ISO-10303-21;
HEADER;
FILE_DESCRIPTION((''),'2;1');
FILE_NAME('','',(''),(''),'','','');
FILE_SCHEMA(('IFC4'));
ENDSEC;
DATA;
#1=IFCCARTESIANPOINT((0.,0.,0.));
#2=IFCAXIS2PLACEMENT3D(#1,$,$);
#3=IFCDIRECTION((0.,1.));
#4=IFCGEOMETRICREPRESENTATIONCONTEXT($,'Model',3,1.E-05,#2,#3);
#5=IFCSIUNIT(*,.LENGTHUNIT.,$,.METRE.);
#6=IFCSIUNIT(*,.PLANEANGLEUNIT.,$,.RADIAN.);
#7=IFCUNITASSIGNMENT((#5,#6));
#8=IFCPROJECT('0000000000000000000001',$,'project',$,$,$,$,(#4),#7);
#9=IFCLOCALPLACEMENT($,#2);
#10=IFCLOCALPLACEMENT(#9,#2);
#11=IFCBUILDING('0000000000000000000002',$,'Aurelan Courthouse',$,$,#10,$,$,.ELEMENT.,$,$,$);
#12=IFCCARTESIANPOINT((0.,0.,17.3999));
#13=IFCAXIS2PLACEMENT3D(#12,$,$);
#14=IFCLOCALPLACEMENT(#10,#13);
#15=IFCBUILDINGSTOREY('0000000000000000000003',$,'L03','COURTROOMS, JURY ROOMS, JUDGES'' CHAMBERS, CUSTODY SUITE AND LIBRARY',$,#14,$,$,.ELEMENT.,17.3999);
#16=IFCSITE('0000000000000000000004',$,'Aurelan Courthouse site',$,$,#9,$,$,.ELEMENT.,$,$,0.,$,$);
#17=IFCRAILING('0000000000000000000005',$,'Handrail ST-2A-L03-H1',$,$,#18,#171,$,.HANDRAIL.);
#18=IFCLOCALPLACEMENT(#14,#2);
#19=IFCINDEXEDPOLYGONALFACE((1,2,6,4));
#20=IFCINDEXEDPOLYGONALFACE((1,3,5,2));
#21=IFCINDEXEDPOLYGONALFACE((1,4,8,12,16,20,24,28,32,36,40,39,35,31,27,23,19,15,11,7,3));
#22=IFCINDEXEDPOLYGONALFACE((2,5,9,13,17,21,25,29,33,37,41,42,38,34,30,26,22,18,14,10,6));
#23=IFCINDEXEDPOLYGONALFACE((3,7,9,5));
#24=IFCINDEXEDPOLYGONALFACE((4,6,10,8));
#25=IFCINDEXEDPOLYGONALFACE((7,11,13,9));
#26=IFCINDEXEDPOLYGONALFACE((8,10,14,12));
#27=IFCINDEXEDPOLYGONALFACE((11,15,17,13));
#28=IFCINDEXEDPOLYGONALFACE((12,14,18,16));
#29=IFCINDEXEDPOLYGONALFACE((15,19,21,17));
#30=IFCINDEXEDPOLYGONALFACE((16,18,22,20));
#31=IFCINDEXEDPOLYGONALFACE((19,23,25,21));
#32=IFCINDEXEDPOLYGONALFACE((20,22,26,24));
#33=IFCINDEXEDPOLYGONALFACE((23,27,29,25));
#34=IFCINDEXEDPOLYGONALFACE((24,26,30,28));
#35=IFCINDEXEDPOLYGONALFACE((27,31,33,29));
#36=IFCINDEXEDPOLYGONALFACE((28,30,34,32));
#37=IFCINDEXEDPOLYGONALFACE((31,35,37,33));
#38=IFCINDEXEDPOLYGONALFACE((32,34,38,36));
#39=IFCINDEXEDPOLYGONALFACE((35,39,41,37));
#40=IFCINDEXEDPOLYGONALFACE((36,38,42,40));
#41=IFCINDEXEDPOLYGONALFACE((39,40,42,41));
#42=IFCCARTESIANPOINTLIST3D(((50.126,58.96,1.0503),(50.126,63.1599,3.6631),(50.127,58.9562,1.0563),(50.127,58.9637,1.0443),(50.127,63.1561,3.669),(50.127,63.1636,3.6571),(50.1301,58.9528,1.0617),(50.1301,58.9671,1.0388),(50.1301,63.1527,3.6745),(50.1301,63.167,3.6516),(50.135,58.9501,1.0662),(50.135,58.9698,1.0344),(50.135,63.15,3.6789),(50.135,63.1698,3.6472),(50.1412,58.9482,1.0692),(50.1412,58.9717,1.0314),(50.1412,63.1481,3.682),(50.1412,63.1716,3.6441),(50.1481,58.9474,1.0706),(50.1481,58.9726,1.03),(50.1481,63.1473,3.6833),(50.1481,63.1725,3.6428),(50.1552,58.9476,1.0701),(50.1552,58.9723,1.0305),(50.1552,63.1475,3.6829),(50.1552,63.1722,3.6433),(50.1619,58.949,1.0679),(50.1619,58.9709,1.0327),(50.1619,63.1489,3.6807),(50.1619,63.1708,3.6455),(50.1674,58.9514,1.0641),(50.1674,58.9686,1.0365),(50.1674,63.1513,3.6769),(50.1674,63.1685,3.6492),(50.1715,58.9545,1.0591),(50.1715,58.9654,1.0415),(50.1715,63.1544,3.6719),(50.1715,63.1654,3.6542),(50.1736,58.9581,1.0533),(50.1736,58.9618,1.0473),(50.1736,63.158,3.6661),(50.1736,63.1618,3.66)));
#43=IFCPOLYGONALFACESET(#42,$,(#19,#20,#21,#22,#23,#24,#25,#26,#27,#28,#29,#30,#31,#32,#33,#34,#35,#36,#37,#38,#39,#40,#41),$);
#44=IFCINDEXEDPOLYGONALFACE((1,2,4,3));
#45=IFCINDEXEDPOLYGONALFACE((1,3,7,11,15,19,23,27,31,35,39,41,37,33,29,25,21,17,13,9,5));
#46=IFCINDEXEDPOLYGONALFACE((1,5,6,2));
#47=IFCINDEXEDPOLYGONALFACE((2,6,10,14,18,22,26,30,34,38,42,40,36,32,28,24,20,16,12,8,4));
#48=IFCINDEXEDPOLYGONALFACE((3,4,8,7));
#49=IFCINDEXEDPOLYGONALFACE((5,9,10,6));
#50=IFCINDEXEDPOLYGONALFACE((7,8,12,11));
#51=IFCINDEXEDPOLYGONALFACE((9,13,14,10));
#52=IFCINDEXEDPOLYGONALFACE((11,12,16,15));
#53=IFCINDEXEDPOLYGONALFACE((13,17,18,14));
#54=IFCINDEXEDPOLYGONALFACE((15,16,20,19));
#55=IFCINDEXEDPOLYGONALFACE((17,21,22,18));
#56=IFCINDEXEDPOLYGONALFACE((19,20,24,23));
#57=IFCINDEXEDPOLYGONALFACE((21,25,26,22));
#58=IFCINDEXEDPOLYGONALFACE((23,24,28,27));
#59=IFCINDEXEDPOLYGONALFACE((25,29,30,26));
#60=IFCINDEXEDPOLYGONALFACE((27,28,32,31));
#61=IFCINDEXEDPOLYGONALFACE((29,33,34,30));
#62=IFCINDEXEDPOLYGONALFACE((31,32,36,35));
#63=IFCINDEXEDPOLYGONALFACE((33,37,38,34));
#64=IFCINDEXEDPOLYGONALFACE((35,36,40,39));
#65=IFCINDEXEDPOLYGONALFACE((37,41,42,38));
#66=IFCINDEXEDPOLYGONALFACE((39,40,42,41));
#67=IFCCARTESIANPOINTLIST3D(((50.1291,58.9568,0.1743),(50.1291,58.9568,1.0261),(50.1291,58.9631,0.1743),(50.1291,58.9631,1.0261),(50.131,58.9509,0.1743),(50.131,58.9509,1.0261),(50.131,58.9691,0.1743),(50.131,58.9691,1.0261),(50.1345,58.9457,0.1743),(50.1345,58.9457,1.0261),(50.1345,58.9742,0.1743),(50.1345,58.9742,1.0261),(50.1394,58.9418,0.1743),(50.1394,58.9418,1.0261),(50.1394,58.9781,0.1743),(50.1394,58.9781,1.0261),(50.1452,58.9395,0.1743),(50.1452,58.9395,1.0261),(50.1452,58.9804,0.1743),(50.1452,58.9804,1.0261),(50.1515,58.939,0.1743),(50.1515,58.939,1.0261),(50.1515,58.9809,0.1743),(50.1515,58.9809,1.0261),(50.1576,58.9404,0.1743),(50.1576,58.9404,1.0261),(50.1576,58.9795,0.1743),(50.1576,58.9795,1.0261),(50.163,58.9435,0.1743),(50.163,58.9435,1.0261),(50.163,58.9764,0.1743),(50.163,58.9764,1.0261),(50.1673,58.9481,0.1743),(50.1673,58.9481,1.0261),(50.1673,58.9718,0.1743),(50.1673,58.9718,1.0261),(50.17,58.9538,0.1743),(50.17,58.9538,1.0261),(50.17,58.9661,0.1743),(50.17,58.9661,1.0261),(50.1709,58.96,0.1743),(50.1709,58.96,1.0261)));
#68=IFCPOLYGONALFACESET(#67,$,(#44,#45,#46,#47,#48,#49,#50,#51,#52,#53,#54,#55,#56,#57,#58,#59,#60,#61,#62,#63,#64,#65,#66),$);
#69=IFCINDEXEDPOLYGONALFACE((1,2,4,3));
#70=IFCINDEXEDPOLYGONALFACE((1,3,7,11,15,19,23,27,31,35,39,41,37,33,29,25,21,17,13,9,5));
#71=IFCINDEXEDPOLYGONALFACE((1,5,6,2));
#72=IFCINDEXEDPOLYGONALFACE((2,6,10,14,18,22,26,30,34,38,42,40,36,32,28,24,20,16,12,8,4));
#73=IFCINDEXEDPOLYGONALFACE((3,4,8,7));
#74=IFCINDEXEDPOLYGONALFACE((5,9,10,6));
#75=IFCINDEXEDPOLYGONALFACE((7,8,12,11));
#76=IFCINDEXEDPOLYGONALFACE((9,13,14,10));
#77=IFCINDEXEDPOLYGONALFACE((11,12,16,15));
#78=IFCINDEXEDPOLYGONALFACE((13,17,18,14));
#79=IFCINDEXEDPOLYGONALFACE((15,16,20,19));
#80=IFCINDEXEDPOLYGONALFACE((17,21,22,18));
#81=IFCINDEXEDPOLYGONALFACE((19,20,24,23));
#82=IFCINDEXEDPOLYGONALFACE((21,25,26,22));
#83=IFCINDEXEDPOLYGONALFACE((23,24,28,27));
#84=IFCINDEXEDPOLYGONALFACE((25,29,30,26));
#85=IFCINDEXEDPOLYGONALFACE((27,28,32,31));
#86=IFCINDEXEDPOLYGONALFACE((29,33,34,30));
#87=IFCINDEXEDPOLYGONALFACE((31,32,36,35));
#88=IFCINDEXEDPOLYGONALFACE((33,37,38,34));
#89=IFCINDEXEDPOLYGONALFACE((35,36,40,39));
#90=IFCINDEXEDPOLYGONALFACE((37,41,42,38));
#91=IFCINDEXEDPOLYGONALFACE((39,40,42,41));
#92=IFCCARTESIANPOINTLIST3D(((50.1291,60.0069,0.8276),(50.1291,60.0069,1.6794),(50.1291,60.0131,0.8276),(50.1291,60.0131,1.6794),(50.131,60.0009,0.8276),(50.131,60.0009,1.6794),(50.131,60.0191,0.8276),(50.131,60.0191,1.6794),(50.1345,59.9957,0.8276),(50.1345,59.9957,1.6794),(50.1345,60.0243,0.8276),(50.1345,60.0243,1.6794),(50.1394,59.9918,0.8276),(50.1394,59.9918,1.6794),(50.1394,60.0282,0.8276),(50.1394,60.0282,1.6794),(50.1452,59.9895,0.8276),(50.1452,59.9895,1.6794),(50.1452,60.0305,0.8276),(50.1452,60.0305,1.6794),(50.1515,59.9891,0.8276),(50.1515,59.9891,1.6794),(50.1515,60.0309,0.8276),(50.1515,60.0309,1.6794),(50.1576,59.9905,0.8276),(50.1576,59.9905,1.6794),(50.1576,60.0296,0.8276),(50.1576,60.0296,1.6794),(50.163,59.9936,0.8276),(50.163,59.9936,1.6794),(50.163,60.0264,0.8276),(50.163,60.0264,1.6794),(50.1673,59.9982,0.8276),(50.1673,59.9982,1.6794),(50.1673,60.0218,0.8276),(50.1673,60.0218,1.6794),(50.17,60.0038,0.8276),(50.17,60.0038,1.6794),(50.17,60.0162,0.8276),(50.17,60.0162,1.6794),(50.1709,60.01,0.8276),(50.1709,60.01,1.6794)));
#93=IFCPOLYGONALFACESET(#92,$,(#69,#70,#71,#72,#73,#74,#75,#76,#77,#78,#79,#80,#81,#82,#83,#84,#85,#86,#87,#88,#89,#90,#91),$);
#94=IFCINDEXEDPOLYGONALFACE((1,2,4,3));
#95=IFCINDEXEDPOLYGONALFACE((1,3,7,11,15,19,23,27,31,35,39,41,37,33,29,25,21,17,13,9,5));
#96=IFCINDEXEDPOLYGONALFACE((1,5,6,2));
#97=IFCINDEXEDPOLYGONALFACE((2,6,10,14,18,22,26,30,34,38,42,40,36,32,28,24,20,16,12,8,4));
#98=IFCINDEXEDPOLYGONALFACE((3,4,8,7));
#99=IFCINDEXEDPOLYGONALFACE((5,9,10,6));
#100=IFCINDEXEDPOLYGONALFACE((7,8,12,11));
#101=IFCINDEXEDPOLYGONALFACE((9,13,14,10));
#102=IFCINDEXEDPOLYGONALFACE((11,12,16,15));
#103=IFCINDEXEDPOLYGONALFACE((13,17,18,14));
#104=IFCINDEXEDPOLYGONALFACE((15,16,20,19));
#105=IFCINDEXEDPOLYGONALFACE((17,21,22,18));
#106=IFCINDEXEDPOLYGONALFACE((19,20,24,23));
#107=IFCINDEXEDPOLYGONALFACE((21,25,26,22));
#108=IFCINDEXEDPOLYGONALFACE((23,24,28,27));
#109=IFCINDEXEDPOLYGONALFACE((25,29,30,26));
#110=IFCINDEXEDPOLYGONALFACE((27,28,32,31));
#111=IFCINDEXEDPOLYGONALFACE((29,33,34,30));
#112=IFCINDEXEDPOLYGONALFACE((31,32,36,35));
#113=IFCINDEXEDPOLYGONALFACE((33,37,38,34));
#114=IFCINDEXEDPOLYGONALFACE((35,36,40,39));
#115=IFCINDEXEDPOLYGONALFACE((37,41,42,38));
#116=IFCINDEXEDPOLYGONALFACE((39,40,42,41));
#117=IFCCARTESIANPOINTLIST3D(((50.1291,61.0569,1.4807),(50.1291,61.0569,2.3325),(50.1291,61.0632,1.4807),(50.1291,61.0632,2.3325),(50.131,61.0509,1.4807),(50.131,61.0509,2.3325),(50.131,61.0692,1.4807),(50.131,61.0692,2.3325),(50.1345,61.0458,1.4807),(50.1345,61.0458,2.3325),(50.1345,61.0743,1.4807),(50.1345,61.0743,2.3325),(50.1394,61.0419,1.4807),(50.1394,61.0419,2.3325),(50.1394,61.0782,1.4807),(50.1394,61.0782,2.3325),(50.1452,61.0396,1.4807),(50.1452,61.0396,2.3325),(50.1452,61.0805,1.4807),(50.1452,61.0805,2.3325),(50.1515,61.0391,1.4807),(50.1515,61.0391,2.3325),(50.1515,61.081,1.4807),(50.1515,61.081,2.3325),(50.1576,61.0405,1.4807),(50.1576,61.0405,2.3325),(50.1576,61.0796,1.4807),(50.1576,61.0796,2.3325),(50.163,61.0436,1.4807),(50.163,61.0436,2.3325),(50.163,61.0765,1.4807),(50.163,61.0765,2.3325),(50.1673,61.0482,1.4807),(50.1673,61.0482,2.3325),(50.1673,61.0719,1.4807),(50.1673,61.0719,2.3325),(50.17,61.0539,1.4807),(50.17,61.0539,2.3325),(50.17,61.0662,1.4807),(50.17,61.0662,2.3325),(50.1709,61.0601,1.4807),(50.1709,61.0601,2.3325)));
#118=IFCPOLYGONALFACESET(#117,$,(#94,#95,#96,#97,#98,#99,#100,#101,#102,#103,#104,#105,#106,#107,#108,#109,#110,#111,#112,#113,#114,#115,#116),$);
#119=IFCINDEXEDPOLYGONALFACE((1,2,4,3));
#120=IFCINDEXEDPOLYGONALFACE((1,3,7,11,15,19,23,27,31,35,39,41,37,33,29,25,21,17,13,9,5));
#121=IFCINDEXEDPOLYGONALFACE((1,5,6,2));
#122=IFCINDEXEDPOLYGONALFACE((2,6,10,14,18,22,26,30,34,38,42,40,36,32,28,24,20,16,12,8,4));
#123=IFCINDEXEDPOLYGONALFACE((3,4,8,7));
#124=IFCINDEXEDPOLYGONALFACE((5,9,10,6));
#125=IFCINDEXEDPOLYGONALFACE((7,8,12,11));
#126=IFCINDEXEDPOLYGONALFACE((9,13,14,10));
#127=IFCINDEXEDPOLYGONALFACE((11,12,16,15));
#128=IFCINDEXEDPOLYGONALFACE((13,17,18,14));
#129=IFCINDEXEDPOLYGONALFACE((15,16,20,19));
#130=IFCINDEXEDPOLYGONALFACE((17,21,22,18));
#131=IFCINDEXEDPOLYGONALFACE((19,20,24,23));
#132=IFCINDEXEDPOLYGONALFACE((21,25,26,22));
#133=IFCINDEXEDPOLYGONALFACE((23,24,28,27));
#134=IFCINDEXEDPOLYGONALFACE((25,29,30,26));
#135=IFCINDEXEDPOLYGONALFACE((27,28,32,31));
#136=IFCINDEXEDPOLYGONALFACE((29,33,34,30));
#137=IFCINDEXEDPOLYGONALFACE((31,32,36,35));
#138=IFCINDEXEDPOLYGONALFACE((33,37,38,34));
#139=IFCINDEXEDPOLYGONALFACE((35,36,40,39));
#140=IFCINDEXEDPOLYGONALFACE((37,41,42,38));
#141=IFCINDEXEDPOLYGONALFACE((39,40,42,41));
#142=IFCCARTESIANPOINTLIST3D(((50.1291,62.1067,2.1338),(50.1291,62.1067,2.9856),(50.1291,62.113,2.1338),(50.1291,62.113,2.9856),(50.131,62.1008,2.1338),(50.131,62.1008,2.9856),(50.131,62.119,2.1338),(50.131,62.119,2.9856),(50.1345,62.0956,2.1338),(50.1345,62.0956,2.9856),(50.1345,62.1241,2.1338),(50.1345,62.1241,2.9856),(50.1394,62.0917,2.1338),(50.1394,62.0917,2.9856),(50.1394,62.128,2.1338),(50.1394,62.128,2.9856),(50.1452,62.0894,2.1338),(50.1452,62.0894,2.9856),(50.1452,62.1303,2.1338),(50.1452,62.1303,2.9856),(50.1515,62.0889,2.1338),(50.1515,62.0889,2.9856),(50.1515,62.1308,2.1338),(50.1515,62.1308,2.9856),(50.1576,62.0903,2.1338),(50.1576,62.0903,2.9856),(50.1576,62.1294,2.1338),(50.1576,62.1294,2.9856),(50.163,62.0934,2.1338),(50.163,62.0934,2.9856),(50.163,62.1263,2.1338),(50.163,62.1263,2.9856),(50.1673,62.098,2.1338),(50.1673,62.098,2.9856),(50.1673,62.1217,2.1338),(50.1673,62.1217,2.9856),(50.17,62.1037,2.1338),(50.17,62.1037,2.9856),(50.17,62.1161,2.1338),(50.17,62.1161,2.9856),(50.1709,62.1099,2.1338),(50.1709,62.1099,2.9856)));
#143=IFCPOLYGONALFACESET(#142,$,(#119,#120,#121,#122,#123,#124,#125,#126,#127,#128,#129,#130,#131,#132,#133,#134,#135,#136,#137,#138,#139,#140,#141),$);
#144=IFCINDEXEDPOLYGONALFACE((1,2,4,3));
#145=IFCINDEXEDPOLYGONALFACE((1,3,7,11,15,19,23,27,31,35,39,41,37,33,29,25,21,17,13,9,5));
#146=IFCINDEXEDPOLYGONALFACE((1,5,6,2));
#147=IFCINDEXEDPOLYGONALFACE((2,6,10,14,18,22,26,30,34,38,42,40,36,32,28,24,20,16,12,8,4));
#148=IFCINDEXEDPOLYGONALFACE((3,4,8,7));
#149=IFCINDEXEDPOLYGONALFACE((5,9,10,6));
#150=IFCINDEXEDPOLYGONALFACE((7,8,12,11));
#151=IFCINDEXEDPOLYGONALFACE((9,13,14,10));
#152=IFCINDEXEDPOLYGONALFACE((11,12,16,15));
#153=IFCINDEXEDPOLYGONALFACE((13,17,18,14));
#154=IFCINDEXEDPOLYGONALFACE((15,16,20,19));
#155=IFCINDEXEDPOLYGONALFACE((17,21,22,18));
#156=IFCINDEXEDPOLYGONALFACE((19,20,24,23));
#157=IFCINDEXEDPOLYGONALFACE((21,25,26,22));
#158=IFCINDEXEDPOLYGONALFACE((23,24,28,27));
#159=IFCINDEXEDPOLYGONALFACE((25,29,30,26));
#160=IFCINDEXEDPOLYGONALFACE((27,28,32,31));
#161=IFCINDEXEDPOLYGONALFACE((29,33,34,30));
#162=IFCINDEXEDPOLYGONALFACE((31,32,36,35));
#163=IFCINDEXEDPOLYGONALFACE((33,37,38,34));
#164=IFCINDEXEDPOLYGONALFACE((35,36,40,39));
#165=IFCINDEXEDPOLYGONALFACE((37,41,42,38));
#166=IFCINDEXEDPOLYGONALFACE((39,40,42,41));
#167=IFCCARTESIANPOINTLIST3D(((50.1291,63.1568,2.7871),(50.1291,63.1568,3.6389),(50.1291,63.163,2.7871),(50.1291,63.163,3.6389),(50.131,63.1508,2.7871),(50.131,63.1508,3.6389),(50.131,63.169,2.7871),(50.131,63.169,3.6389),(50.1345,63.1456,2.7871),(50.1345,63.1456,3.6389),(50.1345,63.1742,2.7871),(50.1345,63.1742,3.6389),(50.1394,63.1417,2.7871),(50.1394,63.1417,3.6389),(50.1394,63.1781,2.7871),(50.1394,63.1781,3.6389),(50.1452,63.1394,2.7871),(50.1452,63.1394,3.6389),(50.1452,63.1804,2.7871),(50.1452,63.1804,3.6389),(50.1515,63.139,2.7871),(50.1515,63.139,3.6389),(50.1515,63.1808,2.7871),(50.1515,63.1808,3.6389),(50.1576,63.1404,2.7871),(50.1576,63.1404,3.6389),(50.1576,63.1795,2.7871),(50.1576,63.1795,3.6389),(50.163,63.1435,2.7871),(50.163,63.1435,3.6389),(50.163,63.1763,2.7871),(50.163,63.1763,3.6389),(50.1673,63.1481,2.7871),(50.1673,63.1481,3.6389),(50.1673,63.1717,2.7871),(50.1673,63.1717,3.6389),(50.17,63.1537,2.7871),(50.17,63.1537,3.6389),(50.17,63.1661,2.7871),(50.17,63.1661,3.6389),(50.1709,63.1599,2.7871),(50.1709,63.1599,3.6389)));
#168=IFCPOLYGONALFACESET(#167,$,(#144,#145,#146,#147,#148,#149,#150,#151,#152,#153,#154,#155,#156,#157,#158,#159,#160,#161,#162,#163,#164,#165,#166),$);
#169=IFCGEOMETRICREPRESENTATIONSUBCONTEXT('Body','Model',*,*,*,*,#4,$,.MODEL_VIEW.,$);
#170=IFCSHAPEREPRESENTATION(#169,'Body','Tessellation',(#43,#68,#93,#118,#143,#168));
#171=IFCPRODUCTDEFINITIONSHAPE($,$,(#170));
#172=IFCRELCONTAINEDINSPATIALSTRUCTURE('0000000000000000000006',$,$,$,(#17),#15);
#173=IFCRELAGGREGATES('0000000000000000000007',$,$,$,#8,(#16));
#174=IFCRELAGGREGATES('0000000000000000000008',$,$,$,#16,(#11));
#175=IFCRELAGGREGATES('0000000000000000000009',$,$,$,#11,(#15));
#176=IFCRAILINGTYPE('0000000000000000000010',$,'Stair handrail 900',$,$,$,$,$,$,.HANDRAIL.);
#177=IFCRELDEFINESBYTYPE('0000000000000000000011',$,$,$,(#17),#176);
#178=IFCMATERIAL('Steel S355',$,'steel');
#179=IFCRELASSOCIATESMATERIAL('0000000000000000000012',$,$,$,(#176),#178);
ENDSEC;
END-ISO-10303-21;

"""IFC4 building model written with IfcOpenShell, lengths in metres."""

from ifc_helpers import new_model, si_unit, direction, frame, origin, origin_2d, place, context, subcontext, project, spatial, circle, extrude, material, type_object, element, save


model = new_model("IFC4")

# Units and contexts
model_context = context("Model", 3, precision=1e-05, world=origin(), true_north=direction((0.0, 1.0)))
body_context = subcontext(model_context, "Body", "Model", "MODEL_VIEW")
ifc_project = project(units=[si_unit("LENGTHUNIT", "METRE"), si_unit("PLANEANGLEUNIT", "RADIAN")], contexts=[model_context])

# Site, building, storey
site_placement = place(None, origin())
site = spatial("IfcSite", under=ifc_project, at=site_placement, Name="Aurelan Courthouse site", CompositionType="ELEMENT", RefElevation=0.0)
building_placement = place(site_placement, origin())
building = spatial("IfcBuilding", under=site, at=building_placement, Name="Aurelan Courthouse", CompositionType="ELEMENT")
storey_placement = place(building_placement, frame((0.0, 0.0, 17.3999)))
storey = spatial("IfcBuildingStorey", under=building, at=storey_placement, Name="L03", Description="COURTROOMS, JURY ROOMS, JUDGES' CHAMBERS, CUSTODY SUITE AND LIBRARY", CompositionType="ELEMENT", Elevation=17.3999)

# Railing
ifc_material_1 = material(Name="Steel S355", Category="steel")
railing_type_1 = type_object("IfcRailingType", Name="Stair handrail 900", PredefinedType="HANDRAIL", material=ifc_material_1)
for number, where, name in (
    (1, (50.1499, 58.96, 0.1743), "Handrail ST-2A-L03-H1"),
):
    element("IfcRailing", number, at=place(storey_placement, frame(where)), inside=storey, type_object=railing_type_1, Name=name, PredefinedType="HANDRAIL", context=body_context, shape_type="SweptSolid", body=[
        extrude(circle(Radius=0.0239, at=origin_2d()), frame((0.0, 0.0, 0.876), z_axis=(0.0, 0.849103, 0.528228), x_axis=(-1.0, 0.0, 0.0)), (0.0, 0.0, 1.0), 4.9463),
        extrude(circle(Radius=0.021, at=origin_2d()), origin(), (0.0, 0.0, 1.0), 0.8518),
        extrude(circle(Radius=0.021, at=origin_2d()), frame((0.0, 1.05, 0.6533)), (0.0, 0.0, 1.0), 0.8518),
        extrude(circle(Radius=0.021, at=origin_2d()), frame((0.0, 2.1001, 1.3064)), (0.0, 0.0, 1.0), 0.8518),
        extrude(circle(Radius=0.021, at=origin_2d()), frame((0.0, 3.1499, 1.9595)), (0.0, 0.0, 1.0), 0.8518),
        extrude(circle(Radius=0.021, at=origin_2d()), frame((0.0, 4.2, 2.6128)), (0.0, 0.0, 1.0), 0.8518),
    ])

save(model, "model.ifc")
